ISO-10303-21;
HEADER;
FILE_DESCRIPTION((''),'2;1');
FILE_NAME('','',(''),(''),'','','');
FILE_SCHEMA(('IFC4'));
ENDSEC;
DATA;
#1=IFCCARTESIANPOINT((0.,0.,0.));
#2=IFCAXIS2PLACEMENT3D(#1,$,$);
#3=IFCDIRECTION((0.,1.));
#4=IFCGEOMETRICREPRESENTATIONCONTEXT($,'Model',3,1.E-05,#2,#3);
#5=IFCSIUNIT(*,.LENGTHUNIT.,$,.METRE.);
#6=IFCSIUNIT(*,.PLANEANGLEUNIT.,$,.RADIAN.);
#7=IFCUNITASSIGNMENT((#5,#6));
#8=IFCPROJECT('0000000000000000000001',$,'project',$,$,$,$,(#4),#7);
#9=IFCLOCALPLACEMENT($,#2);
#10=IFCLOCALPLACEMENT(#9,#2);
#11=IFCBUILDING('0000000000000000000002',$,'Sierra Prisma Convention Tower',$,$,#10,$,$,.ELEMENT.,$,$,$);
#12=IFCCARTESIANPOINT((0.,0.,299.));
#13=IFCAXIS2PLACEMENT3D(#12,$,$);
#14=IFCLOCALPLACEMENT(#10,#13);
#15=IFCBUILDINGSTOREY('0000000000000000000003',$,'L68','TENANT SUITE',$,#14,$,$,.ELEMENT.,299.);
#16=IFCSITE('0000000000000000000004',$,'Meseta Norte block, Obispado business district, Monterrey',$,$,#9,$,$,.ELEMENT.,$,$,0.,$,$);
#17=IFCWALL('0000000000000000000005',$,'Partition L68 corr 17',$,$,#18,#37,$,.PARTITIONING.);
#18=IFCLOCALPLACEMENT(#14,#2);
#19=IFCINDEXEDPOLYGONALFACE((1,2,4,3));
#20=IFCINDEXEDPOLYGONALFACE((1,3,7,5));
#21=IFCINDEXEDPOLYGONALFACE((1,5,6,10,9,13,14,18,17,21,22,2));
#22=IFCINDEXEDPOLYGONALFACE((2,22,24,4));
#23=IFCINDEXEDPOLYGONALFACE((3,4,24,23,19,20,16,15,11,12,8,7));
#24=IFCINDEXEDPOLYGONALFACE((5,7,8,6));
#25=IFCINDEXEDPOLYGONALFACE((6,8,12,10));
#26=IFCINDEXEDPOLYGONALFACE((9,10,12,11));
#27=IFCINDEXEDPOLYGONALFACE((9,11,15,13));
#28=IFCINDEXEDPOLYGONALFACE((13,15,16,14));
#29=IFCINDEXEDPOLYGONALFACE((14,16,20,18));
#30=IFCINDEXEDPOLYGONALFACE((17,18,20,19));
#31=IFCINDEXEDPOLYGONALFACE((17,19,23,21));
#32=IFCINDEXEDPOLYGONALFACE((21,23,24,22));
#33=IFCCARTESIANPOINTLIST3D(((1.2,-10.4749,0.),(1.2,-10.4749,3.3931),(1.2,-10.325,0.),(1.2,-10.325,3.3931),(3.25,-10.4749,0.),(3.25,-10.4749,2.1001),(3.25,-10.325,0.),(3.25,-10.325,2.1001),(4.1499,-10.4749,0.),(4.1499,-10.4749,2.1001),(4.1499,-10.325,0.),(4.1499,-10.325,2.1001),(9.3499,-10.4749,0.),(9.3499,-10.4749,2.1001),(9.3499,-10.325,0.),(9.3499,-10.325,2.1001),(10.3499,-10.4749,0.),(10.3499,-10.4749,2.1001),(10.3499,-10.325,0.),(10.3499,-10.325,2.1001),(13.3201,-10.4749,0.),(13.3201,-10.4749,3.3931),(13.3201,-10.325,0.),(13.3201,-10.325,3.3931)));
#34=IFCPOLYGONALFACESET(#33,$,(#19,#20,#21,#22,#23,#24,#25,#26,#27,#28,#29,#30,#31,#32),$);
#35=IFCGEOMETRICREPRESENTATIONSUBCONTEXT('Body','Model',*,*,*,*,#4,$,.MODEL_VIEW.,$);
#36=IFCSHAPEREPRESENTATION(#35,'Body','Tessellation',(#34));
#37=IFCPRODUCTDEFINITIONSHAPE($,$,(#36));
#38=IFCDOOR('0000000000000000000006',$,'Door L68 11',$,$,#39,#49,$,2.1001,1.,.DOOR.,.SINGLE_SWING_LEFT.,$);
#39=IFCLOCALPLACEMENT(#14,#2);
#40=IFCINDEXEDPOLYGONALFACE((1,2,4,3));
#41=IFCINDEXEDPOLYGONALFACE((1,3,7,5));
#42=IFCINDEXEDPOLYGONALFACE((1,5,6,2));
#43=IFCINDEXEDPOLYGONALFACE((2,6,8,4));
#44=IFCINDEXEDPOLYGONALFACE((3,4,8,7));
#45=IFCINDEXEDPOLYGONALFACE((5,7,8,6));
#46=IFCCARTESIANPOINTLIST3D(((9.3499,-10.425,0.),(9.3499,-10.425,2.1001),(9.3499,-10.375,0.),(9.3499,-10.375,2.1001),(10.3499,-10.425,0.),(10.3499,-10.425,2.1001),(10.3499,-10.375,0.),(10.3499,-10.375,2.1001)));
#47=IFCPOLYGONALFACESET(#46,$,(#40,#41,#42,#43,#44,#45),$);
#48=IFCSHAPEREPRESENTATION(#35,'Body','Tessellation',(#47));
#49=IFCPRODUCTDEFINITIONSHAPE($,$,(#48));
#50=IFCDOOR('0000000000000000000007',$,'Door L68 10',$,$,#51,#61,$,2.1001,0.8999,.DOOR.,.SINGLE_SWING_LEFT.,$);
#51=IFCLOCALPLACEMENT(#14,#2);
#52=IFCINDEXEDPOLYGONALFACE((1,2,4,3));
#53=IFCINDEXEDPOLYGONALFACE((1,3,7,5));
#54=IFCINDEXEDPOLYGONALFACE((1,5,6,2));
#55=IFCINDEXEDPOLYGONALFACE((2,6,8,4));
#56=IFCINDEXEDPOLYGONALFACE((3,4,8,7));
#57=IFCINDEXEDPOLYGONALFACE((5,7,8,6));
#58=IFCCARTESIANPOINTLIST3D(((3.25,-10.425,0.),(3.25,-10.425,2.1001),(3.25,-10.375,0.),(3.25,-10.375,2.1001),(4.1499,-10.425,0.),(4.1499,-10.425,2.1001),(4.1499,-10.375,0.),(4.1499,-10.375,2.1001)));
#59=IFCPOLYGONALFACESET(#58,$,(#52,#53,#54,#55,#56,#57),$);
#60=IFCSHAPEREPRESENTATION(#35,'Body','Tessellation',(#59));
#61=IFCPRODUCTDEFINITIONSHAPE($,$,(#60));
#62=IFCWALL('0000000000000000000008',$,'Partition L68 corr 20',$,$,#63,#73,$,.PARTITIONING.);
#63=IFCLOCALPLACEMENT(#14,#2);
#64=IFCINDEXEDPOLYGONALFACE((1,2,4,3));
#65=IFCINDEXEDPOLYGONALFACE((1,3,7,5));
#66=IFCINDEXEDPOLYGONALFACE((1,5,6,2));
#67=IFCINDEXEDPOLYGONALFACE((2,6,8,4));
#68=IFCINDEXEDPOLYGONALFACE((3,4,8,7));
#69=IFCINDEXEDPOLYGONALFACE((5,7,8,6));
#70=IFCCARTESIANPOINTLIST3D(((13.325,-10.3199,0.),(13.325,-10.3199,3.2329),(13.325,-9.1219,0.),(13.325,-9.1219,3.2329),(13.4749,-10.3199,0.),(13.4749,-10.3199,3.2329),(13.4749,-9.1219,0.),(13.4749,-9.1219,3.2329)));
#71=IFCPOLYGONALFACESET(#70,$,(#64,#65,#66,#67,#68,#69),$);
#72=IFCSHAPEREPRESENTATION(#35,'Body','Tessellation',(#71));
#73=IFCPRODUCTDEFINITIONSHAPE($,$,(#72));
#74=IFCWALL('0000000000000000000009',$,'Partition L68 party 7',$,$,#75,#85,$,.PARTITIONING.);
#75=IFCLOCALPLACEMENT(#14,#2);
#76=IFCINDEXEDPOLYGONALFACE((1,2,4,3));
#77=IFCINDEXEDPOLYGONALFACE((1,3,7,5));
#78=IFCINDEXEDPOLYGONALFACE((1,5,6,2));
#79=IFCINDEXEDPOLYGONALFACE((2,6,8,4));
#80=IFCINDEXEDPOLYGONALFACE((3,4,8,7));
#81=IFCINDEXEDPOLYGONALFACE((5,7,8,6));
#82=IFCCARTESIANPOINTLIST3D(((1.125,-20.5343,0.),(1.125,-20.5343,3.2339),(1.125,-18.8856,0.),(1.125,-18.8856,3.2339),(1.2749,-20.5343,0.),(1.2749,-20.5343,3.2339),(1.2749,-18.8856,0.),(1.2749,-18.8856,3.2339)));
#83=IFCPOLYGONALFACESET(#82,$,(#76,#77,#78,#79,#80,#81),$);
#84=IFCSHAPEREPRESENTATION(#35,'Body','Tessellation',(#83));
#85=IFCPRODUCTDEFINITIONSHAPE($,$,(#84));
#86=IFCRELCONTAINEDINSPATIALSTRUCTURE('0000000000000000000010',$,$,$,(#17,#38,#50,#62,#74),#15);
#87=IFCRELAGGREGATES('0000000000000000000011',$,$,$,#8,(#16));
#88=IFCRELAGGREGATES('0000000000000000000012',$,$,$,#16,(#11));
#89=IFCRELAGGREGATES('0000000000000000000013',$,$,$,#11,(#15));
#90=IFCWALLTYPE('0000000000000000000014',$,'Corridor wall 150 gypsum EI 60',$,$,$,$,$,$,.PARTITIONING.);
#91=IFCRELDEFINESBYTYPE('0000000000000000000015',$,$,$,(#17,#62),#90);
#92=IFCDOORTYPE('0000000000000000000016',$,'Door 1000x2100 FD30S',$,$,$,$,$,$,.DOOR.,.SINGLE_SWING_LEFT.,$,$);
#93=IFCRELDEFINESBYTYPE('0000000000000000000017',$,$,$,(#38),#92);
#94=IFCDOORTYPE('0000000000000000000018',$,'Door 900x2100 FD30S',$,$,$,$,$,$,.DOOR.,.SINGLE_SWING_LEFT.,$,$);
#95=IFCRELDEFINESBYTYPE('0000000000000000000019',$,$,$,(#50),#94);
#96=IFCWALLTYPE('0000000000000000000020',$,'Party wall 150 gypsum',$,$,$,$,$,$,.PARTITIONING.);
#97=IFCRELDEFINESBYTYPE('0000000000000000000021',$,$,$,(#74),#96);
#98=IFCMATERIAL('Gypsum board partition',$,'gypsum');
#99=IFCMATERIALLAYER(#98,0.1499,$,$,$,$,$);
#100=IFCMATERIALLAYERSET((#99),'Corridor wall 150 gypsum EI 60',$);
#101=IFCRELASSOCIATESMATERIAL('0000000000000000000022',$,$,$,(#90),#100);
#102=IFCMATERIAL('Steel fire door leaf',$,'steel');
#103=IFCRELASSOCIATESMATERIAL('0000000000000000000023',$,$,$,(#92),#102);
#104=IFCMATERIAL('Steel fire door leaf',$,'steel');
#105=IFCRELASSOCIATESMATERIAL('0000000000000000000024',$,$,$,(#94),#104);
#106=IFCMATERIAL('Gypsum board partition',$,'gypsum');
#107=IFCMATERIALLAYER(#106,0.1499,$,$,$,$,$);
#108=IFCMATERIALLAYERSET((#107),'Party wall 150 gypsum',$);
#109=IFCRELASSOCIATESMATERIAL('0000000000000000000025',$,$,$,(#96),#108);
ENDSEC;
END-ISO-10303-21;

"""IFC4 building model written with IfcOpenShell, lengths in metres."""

from ifc_helpers import new_model, si_unit, direction, frame, frame_2d, origin, place, context, subcontext, project, spatial, rectangle, extrude, material, layer, layer_set, type_object, element, fill, save


model = new_model("IFC4")

# Units and contexts
model_context = context("Model", 3, precision=1e-05, world=origin(), true_north=direction((0.0, 1.0)))
body_context = subcontext(model_context, "Body", "Model", "MODEL_VIEW")
ifc_project = project(units=[si_unit("LENGTHUNIT", "METRE"), si_unit("PLANEANGLEUNIT", "RADIAN")], contexts=[model_context])

# Site, building, storey
site_placement = place(None, origin())
site = spatial("IfcSite", under=ifc_project, at=site_placement, Name="Meseta Norte block, Obispado business district, Monterrey", CompositionType="ELEMENT", RefElevation=0.0)
building_placement = place(site_placement, origin())
building = spatial("IfcBuilding", under=site, at=building_placement, Name="Sierra Prisma Convention Tower", CompositionType="ELEMENT")
storey_placement = place(building_placement, frame((0.0, 0.0, 299.0)))
storey = spatial("IfcBuildingStorey", under=building, at=storey_placement, Name="L68", Description="TENANT SUITE", CompositionType="ELEMENT", Elevation=299.0)

# Shared definitions
ifc_material_1 = material(Name="Gypsum board partition", Category="gypsum")
ifc_layer_1 = layer(ifc_material_1, 0.1499)
ifc_layer_set_1 = layer_set([ifc_layer_1], Name="Corridor wall 150 gypsum EI 60")
wall_type_1 = type_object("IfcWallType", Name="Corridor wall 150 gypsum EI 60", PredefinedType="PARTITIONING", material=ifc_layer_set_1)

# Wall, openings, doors
wall_1_placement = place(storey_placement, frame((1.2, -10.3999, 0.0), z_axis=(0.0, 0.0, 1.0), x_axis=(1.0, 0.0, 0.0)))
wall_1 = element("IfcWall", 1, at=wall_1_placement, inside=storey, type_object=wall_type_1, Name="Partition L68 corr 17", PredefinedType="PARTITIONING", context=body_context, shape_type="SweptSolid", body=[
    extrude(rectangle(XDim=12.1201, YDim=0.1499, at=frame_2d((6.0601, 0.0))), origin(), (0.0, 0.0, 1.0), 3.3931),
])
opening_1_placement = place(wall_1_placement, frame((2.05, 0.0, 0.0)))
opening_1 = element("IfcOpeningElement", 2, at=opening_1_placement, cuts=wall_1, PredefinedType="OPENING", context=body_context, shape_type="SweptSolid", body=[
    extrude(rectangle(XDim=0.8999, YDim=2.1001, at=frame_2d((0.45, 1.05))), frame((0.0, 0.075, 0.0), z_axis=(0.0, -1.0, 0.0), x_axis=(1.0, 0.0, 0.0)), (0.0, 0.0, 1.0), 0.1499),
])
opening_2_placement = place(wall_1_placement, frame((8.1499, 0.0, 0.0)))
opening_2 = element("IfcOpeningElement", 3, at=opening_2_placement, cuts=wall_1, PredefinedType="OPENING", context=body_context, shape_type="SweptSolid", body=[
    extrude(rectangle(XDim=1.0, YDim=2.1001, at=frame_2d((0.5, 1.05))), frame((0.0, 0.075, 0.0), z_axis=(0.0, -1.0, 0.0), x_axis=(1.0, 0.0, 0.0)), (0.0, 0.0, 1.0), 0.1499),
])
ifc_material_2 = material(Name="Steel fire door leaf", Category="steel")
door_type_1 = type_object("IfcDoorType", Name="Door 1000x2100 FD30S", OperationType="SINGLE_SWING_LEFT", PredefinedType="DOOR", material=ifc_material_2)
door_1_placement = place(opening_2_placement, origin())
door_1 = element("IfcDoor", 4, at=door_1_placement, inside=storey, type_object=door_type_1, Name="Door L68 11", OperationType="SINGLE_SWING_LEFT", OverallHeight=2.1001, OverallWidth=1.0, PredefinedType="DOOR", context=body_context, shape_type="SweptSolid", body=[
    extrude(rectangle(XDim=1.0, YDim=2.1001, at=frame_2d((0.5, 1.05))), frame((0.0, 0.0249, 0.0), z_axis=(0.0, -1.0, 0.0), x_axis=(1.0, 0.0, 0.0)), (0.0, 0.0, 1.0), 0.05),
])
fill(opening_2, door_1)
ifc_material_3 = material(Name="Steel fire door leaf", Category="steel")
door_type_2 = type_object("IfcDoorType", Name="Door 900x2100 FD30S", OperationType="SINGLE_SWING_LEFT", PredefinedType="DOOR", material=ifc_material_3)
door_2_placement = place(opening_1_placement, origin())
door_2 = element("IfcDoor", 5, at=door_2_placement, inside=storey, type_object=door_type_2, Name="Door L68 10", OperationType="SINGLE_SWING_LEFT", OverallHeight=2.1001, OverallWidth=0.8999, PredefinedType="DOOR", context=body_context, shape_type="SweptSolid", body=[
    extrude(rectangle(XDim=0.8999, YDim=2.1001, at=frame_2d((0.45, 1.05))), frame((0.0, 0.0249, 0.0), z_axis=(0.0, -1.0, 0.0), x_axis=(1.0, 0.0, 0.0)), (0.0, 0.0, 1.0), 0.05),
])
fill(opening_1, door_2)

# Walls
wall_2_placement = place(storey_placement, frame((13.3999, -10.3201, 0.0), z_axis=(0.0, 0.0, 1.0), x_axis=(0.0, 1.0, 0.0)))
element("IfcWall", 6, at=wall_2_placement, inside=storey, type_object=wall_type_1, Name="Partition L68 corr 20", PredefinedType="PARTITIONING", context=body_context, shape_type="SweptSolid", body=[
    extrude(rectangle(XDim=1.198, YDim=0.1499, at=frame_2d((0.5991, 0.0))), origin(), (0.0, 0.0, 1.0), 3.2329),
])
ifc_material_4 = material(Name="Gypsum board partition", Category="gypsum")
ifc_layer_2 = layer(ifc_material_4, 0.1499)
ifc_layer_set_2 = layer_set([ifc_layer_2], Name="Party wall 150 gypsum")
wall_type_2 = type_object("IfcWallType", Name="Party wall 150 gypsum", PredefinedType="PARTITIONING", material=ifc_layer_set_2)
wall_3_placement = place(storey_placement, frame((1.2, -18.8857, 0.0), z_axis=(0.0, 0.0, 1.0), x_axis=(0.0, -1.0, 0.0)))
element("IfcWall", 7, at=wall_3_placement, inside=storey, type_object=wall_type_2, Name="Partition L68 party 7", PredefinedType="PARTITIONING", context=body_context, shape_type="SweptSolid", body=[
    extrude(rectangle(XDim=1.6487, YDim=0.1499, at=frame_2d((0.8242, 0.0))), origin(), (0.0, 0.0, 1.0), 3.2339),
])

save(model, "model.ifc")
